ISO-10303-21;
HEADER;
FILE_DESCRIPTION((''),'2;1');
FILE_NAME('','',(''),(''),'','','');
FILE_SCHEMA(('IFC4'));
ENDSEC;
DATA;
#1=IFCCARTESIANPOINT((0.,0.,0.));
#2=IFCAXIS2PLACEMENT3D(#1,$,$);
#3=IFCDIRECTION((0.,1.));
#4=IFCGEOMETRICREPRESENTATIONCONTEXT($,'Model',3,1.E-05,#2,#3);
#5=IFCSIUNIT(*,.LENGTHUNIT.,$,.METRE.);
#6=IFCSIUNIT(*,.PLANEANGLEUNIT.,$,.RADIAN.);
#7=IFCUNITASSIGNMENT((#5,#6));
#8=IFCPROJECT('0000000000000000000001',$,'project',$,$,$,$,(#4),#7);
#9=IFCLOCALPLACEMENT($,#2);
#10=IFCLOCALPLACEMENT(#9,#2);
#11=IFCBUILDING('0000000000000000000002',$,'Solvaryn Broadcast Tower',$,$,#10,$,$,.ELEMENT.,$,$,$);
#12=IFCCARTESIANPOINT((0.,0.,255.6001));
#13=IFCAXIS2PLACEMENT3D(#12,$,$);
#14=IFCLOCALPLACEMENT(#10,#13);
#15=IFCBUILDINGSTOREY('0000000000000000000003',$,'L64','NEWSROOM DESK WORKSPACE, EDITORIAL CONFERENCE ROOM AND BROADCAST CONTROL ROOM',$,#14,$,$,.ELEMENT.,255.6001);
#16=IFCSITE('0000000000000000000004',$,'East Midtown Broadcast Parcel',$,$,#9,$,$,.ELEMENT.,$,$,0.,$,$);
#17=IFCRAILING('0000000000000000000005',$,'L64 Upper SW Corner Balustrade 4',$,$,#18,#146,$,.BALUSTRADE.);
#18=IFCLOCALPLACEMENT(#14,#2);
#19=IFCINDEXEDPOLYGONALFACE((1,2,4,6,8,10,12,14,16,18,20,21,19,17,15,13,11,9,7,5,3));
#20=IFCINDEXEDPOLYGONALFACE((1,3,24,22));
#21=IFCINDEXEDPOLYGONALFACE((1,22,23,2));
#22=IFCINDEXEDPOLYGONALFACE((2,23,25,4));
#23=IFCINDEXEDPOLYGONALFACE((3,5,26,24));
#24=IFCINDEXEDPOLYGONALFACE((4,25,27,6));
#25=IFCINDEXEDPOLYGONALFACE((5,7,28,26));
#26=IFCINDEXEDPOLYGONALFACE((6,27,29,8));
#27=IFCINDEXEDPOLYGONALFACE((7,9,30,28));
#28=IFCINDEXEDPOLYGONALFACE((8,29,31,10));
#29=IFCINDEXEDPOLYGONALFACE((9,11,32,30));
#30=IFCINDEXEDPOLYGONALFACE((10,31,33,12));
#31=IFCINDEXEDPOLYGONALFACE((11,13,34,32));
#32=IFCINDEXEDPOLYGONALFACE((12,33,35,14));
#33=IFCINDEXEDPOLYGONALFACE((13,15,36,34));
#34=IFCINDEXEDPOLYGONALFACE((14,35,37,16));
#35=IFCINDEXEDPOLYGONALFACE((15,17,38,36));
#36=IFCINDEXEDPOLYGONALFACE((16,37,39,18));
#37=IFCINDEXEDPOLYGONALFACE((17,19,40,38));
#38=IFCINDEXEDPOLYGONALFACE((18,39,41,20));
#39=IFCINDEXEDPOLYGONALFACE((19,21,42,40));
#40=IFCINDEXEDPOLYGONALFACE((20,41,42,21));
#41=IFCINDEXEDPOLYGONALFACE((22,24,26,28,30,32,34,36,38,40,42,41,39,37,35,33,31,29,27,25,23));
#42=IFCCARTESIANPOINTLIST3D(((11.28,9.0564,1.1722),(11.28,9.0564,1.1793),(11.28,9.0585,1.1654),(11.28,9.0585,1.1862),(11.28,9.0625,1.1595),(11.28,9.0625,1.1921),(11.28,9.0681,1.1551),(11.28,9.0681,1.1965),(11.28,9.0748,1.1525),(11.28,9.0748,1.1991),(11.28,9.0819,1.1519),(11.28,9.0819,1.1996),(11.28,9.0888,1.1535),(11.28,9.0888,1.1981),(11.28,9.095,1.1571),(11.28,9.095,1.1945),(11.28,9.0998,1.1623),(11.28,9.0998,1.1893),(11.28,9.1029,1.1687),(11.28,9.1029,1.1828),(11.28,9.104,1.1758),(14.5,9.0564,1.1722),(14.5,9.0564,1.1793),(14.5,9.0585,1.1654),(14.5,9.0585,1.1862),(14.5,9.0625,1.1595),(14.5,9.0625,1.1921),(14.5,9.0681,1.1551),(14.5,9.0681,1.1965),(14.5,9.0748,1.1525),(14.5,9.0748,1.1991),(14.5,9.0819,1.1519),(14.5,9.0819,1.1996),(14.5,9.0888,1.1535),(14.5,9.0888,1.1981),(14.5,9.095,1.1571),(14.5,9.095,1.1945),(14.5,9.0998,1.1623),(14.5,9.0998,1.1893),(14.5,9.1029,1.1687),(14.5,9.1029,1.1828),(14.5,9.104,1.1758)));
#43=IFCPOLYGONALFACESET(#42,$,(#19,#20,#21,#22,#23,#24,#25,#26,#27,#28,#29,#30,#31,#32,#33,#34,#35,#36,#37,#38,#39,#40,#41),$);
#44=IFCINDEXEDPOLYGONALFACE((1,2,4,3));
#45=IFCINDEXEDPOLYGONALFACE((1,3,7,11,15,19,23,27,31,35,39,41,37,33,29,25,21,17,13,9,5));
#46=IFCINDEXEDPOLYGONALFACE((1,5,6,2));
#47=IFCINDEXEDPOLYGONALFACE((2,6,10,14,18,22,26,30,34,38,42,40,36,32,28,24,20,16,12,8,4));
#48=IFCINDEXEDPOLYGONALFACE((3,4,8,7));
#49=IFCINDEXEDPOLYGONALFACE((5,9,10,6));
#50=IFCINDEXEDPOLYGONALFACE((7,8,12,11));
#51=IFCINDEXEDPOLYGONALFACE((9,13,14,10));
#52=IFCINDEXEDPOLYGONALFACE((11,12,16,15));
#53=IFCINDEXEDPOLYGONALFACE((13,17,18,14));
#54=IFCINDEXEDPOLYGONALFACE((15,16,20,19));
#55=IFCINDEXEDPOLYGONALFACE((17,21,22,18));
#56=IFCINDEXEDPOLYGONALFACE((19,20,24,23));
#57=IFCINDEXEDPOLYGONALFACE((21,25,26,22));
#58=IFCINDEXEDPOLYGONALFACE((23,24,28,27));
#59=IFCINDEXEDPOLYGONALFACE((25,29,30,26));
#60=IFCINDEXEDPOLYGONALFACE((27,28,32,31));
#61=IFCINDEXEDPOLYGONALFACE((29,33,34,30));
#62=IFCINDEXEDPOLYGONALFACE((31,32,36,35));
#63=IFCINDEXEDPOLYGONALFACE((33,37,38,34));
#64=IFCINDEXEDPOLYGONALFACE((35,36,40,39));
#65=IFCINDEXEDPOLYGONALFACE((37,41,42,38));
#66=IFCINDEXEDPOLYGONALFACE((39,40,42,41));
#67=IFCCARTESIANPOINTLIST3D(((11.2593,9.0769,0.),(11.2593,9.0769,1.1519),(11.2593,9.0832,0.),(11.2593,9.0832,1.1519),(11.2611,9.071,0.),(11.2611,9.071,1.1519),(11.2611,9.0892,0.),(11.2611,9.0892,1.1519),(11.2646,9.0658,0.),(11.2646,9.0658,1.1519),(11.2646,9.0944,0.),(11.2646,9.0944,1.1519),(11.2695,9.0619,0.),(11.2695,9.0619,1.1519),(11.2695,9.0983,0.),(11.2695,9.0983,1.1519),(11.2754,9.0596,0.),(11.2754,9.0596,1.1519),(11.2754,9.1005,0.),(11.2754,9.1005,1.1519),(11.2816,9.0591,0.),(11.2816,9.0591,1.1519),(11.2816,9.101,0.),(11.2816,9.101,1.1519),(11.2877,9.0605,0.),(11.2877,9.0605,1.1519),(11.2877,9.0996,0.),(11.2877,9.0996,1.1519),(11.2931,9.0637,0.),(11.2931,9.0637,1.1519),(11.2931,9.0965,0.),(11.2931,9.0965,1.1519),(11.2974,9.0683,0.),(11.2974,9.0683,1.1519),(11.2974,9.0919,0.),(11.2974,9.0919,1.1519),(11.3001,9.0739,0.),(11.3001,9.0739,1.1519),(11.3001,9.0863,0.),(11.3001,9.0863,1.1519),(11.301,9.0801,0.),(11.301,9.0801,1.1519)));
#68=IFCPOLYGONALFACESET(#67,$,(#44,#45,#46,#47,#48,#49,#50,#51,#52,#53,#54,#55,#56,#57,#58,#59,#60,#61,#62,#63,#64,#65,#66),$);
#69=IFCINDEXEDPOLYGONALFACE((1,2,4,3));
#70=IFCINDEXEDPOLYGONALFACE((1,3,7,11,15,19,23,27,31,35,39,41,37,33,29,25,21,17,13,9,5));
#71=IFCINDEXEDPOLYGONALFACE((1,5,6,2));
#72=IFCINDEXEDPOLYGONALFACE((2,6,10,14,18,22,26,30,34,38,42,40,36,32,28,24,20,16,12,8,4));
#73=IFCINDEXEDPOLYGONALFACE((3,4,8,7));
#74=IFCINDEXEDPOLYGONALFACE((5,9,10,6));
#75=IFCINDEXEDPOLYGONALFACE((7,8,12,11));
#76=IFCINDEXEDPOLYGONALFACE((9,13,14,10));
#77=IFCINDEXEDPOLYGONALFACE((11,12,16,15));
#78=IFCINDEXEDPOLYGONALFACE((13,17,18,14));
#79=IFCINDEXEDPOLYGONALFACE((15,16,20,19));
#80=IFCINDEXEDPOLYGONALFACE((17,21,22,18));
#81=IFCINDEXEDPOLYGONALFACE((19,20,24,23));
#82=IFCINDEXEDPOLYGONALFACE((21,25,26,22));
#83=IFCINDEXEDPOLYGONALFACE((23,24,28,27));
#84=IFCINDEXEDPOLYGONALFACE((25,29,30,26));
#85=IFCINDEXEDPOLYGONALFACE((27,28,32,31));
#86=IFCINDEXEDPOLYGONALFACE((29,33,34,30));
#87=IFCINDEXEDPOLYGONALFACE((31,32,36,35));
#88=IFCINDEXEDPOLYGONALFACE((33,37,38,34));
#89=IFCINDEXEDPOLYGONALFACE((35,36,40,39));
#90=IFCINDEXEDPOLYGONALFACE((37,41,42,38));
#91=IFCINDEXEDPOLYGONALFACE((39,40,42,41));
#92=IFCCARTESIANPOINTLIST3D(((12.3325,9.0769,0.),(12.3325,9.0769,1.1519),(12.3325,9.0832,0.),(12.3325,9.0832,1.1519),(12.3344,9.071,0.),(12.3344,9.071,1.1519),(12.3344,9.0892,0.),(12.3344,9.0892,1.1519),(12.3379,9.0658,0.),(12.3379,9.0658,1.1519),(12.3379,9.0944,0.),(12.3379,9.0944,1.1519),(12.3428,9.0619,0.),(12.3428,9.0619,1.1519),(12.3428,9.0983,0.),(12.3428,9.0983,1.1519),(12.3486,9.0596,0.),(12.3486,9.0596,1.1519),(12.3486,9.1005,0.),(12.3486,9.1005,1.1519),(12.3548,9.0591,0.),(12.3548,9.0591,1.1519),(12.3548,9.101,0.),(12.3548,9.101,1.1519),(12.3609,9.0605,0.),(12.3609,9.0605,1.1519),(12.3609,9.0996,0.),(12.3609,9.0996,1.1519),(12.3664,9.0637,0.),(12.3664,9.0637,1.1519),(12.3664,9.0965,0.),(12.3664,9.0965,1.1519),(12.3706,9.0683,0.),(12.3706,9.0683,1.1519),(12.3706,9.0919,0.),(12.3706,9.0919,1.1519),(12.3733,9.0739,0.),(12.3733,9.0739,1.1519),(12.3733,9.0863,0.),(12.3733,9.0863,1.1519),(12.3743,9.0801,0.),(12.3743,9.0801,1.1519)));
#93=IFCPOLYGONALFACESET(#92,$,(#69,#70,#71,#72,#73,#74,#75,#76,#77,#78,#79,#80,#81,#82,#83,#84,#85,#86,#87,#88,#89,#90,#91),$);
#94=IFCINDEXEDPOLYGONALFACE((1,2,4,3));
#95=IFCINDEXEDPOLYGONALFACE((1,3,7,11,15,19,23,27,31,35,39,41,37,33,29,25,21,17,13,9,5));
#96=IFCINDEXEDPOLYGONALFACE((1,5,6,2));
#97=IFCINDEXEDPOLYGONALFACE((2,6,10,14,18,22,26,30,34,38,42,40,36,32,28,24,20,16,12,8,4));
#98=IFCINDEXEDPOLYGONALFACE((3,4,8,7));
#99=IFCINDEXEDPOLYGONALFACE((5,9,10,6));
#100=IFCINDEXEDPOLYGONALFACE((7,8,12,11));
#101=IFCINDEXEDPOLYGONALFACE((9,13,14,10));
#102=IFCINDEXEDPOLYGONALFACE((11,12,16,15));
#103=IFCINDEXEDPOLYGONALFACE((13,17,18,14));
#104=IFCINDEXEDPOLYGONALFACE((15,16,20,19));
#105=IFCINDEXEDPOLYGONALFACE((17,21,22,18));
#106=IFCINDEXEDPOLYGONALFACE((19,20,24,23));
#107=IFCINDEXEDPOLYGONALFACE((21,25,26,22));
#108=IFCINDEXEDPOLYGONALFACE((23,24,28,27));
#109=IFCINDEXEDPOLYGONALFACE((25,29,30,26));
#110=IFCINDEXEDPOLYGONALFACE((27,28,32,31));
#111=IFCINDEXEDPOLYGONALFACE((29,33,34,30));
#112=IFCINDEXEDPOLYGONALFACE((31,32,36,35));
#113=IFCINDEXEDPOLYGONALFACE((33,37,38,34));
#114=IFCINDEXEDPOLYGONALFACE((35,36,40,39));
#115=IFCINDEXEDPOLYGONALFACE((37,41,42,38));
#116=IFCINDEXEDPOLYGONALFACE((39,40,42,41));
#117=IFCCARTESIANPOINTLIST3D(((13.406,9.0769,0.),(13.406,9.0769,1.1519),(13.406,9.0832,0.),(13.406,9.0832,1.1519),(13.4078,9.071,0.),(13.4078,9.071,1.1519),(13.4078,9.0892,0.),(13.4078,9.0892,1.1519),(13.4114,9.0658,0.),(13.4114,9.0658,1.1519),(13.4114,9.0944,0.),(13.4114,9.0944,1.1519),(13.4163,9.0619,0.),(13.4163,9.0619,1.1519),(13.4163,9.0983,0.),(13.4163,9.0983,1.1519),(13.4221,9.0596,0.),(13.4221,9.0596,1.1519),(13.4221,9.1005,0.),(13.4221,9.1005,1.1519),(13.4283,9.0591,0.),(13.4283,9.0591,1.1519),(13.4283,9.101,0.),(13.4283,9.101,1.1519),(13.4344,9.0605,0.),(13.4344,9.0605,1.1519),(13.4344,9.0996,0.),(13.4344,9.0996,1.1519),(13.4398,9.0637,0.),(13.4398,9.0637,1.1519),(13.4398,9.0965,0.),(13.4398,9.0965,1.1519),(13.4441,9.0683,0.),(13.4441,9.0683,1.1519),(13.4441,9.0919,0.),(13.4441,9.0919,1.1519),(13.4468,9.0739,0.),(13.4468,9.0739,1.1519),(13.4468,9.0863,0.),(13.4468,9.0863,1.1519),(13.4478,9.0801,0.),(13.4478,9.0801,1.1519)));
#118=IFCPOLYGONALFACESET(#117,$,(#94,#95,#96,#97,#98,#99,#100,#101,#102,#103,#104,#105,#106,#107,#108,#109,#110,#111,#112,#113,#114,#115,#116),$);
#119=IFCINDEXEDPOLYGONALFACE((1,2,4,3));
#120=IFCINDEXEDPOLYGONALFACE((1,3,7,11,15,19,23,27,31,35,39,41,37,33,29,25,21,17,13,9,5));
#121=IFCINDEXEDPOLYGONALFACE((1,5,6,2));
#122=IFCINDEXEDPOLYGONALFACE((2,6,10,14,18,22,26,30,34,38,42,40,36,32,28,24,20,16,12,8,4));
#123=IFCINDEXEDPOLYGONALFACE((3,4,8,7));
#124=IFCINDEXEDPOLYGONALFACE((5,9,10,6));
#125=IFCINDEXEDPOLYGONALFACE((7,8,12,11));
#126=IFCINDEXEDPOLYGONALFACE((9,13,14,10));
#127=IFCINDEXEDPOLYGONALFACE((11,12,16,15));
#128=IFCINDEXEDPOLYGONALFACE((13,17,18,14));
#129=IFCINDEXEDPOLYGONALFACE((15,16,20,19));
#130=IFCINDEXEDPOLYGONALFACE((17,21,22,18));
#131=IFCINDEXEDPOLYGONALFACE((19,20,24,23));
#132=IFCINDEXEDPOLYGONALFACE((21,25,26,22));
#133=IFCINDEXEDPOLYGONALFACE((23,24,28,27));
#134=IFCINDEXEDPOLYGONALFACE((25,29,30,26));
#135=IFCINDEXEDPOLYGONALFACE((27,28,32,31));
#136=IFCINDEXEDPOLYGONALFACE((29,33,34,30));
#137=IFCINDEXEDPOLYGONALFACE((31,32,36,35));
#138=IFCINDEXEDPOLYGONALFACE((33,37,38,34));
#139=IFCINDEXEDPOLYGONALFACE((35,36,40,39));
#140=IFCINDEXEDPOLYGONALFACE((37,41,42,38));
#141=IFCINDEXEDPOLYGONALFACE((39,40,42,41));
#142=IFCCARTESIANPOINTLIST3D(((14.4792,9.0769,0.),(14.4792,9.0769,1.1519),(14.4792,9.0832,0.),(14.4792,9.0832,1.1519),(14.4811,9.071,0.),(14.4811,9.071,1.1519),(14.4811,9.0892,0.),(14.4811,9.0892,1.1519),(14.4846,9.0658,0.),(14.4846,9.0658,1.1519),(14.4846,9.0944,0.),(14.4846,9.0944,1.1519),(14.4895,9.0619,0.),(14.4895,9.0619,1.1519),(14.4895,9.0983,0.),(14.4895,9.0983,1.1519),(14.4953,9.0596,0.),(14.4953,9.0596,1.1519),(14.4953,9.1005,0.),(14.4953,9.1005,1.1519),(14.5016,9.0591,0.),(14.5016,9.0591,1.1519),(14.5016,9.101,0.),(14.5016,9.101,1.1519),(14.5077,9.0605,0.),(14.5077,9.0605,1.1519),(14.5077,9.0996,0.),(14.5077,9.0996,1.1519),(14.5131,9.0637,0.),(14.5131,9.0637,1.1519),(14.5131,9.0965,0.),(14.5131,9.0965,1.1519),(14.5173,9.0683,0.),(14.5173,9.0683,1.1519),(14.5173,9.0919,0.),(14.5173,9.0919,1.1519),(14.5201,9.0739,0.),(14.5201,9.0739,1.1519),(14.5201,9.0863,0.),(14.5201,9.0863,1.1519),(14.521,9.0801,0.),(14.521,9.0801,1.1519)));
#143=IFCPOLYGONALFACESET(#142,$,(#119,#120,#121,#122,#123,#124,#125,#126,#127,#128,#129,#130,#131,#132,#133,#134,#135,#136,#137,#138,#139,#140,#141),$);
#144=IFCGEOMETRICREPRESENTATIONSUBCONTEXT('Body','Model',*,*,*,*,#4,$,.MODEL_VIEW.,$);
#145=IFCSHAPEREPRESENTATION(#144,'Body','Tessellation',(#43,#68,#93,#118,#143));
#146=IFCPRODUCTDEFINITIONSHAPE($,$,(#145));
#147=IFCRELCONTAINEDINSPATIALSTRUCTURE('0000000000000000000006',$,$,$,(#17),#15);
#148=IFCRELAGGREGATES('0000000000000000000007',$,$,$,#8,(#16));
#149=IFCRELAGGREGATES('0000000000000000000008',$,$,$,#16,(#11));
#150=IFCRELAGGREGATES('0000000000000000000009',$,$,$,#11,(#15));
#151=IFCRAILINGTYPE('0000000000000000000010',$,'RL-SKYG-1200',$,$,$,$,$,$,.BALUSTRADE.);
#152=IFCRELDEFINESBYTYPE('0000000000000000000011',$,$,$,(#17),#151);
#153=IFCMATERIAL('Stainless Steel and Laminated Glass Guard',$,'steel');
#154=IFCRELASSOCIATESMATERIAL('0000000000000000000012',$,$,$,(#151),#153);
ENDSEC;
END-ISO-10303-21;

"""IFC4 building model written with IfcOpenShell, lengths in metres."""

from ifc_helpers import new_model, si_unit, direction, frame, origin, origin_2d, place, context, subcontext, project, spatial, circle, extrude, material, type_object, element, save


model = new_model("IFC4")

# Units and contexts
model_context = context("Model", 3, precision=1e-05, world=origin(), true_north=direction((0.0, 1.0)))
body_context = subcontext(model_context, "Body", "Model", "MODEL_VIEW")
ifc_project = project(units=[si_unit("LENGTHUNIT", "METRE"), si_unit("PLANEANGLEUNIT", "RADIAN")], contexts=[model_context])

# Site, building, storey
site_placement = place(None, origin())
site = spatial("IfcSite", under=ifc_project, at=site_placement, Name="East Midtown Broadcast Parcel", CompositionType="ELEMENT", RefElevation=0.0)
building_placement = place(site_placement, origin())
building = spatial("IfcBuilding", under=site, at=building_placement, Name="Solvaryn Broadcast Tower", CompositionType="ELEMENT")
storey_placement = place(building_placement, frame((0.0, 0.0, 255.6001)))
storey = spatial("IfcBuildingStorey", under=building, at=storey_placement, Name="L64", Description="NEWSROOM DESK WORKSPACE, EDITORIAL CONFERENCE ROOM AND BROADCAST CONTROL ROOM", CompositionType="ELEMENT", Elevation=255.6001)

# Railing
ifc_material_1 = material(Name="Stainless Steel and Laminated Glass Guard", Category="steel")
railing_type = type_object("IfcRailingType", Name="RL-SKYG-1200", PredefinedType="BALUSTRADE", material=ifc_material_1)
railing_1_placement = place(storey_placement, frame((11.28, 9.0801, 0.0)))
element("IfcRailing", 1, at=railing_1_placement, inside=storey, type_object=railing_type, Name="L64 Upper SW Corner Balustrade 4", PredefinedType="BALUSTRADE", context=body_context, shape_type="SweptSolid", body=[
    extrude(circle(Radius=0.0239, at=origin_2d()), frame((0.0, 0.0, 1.1758), z_axis=(1.0, 0.0, 0.0), x_axis=(0.0, 1.0, 0.0)), (0.0, 0.0, 1.0), 3.22),
    extrude(circle(Radius=0.021, at=origin_2d()), origin(), (0.0, 0.0, 1.0), 1.1519),
    extrude(circle(Radius=0.021, at=origin_2d()), frame((1.0732, 0.0, 0.0)), (0.0, 0.0, 1.0), 1.1519),
    extrude(circle(Radius=0.021, at=origin_2d()), frame((2.1467, 0.0, 0.0)), (0.0, 0.0, 1.0), 1.1519),
    extrude(circle(Radius=0.021, at=origin_2d()), frame((3.22, 0.0, 0.0)), (0.0, 0.0, 1.0), 1.1519),
])

save(model, "model.ifc")
